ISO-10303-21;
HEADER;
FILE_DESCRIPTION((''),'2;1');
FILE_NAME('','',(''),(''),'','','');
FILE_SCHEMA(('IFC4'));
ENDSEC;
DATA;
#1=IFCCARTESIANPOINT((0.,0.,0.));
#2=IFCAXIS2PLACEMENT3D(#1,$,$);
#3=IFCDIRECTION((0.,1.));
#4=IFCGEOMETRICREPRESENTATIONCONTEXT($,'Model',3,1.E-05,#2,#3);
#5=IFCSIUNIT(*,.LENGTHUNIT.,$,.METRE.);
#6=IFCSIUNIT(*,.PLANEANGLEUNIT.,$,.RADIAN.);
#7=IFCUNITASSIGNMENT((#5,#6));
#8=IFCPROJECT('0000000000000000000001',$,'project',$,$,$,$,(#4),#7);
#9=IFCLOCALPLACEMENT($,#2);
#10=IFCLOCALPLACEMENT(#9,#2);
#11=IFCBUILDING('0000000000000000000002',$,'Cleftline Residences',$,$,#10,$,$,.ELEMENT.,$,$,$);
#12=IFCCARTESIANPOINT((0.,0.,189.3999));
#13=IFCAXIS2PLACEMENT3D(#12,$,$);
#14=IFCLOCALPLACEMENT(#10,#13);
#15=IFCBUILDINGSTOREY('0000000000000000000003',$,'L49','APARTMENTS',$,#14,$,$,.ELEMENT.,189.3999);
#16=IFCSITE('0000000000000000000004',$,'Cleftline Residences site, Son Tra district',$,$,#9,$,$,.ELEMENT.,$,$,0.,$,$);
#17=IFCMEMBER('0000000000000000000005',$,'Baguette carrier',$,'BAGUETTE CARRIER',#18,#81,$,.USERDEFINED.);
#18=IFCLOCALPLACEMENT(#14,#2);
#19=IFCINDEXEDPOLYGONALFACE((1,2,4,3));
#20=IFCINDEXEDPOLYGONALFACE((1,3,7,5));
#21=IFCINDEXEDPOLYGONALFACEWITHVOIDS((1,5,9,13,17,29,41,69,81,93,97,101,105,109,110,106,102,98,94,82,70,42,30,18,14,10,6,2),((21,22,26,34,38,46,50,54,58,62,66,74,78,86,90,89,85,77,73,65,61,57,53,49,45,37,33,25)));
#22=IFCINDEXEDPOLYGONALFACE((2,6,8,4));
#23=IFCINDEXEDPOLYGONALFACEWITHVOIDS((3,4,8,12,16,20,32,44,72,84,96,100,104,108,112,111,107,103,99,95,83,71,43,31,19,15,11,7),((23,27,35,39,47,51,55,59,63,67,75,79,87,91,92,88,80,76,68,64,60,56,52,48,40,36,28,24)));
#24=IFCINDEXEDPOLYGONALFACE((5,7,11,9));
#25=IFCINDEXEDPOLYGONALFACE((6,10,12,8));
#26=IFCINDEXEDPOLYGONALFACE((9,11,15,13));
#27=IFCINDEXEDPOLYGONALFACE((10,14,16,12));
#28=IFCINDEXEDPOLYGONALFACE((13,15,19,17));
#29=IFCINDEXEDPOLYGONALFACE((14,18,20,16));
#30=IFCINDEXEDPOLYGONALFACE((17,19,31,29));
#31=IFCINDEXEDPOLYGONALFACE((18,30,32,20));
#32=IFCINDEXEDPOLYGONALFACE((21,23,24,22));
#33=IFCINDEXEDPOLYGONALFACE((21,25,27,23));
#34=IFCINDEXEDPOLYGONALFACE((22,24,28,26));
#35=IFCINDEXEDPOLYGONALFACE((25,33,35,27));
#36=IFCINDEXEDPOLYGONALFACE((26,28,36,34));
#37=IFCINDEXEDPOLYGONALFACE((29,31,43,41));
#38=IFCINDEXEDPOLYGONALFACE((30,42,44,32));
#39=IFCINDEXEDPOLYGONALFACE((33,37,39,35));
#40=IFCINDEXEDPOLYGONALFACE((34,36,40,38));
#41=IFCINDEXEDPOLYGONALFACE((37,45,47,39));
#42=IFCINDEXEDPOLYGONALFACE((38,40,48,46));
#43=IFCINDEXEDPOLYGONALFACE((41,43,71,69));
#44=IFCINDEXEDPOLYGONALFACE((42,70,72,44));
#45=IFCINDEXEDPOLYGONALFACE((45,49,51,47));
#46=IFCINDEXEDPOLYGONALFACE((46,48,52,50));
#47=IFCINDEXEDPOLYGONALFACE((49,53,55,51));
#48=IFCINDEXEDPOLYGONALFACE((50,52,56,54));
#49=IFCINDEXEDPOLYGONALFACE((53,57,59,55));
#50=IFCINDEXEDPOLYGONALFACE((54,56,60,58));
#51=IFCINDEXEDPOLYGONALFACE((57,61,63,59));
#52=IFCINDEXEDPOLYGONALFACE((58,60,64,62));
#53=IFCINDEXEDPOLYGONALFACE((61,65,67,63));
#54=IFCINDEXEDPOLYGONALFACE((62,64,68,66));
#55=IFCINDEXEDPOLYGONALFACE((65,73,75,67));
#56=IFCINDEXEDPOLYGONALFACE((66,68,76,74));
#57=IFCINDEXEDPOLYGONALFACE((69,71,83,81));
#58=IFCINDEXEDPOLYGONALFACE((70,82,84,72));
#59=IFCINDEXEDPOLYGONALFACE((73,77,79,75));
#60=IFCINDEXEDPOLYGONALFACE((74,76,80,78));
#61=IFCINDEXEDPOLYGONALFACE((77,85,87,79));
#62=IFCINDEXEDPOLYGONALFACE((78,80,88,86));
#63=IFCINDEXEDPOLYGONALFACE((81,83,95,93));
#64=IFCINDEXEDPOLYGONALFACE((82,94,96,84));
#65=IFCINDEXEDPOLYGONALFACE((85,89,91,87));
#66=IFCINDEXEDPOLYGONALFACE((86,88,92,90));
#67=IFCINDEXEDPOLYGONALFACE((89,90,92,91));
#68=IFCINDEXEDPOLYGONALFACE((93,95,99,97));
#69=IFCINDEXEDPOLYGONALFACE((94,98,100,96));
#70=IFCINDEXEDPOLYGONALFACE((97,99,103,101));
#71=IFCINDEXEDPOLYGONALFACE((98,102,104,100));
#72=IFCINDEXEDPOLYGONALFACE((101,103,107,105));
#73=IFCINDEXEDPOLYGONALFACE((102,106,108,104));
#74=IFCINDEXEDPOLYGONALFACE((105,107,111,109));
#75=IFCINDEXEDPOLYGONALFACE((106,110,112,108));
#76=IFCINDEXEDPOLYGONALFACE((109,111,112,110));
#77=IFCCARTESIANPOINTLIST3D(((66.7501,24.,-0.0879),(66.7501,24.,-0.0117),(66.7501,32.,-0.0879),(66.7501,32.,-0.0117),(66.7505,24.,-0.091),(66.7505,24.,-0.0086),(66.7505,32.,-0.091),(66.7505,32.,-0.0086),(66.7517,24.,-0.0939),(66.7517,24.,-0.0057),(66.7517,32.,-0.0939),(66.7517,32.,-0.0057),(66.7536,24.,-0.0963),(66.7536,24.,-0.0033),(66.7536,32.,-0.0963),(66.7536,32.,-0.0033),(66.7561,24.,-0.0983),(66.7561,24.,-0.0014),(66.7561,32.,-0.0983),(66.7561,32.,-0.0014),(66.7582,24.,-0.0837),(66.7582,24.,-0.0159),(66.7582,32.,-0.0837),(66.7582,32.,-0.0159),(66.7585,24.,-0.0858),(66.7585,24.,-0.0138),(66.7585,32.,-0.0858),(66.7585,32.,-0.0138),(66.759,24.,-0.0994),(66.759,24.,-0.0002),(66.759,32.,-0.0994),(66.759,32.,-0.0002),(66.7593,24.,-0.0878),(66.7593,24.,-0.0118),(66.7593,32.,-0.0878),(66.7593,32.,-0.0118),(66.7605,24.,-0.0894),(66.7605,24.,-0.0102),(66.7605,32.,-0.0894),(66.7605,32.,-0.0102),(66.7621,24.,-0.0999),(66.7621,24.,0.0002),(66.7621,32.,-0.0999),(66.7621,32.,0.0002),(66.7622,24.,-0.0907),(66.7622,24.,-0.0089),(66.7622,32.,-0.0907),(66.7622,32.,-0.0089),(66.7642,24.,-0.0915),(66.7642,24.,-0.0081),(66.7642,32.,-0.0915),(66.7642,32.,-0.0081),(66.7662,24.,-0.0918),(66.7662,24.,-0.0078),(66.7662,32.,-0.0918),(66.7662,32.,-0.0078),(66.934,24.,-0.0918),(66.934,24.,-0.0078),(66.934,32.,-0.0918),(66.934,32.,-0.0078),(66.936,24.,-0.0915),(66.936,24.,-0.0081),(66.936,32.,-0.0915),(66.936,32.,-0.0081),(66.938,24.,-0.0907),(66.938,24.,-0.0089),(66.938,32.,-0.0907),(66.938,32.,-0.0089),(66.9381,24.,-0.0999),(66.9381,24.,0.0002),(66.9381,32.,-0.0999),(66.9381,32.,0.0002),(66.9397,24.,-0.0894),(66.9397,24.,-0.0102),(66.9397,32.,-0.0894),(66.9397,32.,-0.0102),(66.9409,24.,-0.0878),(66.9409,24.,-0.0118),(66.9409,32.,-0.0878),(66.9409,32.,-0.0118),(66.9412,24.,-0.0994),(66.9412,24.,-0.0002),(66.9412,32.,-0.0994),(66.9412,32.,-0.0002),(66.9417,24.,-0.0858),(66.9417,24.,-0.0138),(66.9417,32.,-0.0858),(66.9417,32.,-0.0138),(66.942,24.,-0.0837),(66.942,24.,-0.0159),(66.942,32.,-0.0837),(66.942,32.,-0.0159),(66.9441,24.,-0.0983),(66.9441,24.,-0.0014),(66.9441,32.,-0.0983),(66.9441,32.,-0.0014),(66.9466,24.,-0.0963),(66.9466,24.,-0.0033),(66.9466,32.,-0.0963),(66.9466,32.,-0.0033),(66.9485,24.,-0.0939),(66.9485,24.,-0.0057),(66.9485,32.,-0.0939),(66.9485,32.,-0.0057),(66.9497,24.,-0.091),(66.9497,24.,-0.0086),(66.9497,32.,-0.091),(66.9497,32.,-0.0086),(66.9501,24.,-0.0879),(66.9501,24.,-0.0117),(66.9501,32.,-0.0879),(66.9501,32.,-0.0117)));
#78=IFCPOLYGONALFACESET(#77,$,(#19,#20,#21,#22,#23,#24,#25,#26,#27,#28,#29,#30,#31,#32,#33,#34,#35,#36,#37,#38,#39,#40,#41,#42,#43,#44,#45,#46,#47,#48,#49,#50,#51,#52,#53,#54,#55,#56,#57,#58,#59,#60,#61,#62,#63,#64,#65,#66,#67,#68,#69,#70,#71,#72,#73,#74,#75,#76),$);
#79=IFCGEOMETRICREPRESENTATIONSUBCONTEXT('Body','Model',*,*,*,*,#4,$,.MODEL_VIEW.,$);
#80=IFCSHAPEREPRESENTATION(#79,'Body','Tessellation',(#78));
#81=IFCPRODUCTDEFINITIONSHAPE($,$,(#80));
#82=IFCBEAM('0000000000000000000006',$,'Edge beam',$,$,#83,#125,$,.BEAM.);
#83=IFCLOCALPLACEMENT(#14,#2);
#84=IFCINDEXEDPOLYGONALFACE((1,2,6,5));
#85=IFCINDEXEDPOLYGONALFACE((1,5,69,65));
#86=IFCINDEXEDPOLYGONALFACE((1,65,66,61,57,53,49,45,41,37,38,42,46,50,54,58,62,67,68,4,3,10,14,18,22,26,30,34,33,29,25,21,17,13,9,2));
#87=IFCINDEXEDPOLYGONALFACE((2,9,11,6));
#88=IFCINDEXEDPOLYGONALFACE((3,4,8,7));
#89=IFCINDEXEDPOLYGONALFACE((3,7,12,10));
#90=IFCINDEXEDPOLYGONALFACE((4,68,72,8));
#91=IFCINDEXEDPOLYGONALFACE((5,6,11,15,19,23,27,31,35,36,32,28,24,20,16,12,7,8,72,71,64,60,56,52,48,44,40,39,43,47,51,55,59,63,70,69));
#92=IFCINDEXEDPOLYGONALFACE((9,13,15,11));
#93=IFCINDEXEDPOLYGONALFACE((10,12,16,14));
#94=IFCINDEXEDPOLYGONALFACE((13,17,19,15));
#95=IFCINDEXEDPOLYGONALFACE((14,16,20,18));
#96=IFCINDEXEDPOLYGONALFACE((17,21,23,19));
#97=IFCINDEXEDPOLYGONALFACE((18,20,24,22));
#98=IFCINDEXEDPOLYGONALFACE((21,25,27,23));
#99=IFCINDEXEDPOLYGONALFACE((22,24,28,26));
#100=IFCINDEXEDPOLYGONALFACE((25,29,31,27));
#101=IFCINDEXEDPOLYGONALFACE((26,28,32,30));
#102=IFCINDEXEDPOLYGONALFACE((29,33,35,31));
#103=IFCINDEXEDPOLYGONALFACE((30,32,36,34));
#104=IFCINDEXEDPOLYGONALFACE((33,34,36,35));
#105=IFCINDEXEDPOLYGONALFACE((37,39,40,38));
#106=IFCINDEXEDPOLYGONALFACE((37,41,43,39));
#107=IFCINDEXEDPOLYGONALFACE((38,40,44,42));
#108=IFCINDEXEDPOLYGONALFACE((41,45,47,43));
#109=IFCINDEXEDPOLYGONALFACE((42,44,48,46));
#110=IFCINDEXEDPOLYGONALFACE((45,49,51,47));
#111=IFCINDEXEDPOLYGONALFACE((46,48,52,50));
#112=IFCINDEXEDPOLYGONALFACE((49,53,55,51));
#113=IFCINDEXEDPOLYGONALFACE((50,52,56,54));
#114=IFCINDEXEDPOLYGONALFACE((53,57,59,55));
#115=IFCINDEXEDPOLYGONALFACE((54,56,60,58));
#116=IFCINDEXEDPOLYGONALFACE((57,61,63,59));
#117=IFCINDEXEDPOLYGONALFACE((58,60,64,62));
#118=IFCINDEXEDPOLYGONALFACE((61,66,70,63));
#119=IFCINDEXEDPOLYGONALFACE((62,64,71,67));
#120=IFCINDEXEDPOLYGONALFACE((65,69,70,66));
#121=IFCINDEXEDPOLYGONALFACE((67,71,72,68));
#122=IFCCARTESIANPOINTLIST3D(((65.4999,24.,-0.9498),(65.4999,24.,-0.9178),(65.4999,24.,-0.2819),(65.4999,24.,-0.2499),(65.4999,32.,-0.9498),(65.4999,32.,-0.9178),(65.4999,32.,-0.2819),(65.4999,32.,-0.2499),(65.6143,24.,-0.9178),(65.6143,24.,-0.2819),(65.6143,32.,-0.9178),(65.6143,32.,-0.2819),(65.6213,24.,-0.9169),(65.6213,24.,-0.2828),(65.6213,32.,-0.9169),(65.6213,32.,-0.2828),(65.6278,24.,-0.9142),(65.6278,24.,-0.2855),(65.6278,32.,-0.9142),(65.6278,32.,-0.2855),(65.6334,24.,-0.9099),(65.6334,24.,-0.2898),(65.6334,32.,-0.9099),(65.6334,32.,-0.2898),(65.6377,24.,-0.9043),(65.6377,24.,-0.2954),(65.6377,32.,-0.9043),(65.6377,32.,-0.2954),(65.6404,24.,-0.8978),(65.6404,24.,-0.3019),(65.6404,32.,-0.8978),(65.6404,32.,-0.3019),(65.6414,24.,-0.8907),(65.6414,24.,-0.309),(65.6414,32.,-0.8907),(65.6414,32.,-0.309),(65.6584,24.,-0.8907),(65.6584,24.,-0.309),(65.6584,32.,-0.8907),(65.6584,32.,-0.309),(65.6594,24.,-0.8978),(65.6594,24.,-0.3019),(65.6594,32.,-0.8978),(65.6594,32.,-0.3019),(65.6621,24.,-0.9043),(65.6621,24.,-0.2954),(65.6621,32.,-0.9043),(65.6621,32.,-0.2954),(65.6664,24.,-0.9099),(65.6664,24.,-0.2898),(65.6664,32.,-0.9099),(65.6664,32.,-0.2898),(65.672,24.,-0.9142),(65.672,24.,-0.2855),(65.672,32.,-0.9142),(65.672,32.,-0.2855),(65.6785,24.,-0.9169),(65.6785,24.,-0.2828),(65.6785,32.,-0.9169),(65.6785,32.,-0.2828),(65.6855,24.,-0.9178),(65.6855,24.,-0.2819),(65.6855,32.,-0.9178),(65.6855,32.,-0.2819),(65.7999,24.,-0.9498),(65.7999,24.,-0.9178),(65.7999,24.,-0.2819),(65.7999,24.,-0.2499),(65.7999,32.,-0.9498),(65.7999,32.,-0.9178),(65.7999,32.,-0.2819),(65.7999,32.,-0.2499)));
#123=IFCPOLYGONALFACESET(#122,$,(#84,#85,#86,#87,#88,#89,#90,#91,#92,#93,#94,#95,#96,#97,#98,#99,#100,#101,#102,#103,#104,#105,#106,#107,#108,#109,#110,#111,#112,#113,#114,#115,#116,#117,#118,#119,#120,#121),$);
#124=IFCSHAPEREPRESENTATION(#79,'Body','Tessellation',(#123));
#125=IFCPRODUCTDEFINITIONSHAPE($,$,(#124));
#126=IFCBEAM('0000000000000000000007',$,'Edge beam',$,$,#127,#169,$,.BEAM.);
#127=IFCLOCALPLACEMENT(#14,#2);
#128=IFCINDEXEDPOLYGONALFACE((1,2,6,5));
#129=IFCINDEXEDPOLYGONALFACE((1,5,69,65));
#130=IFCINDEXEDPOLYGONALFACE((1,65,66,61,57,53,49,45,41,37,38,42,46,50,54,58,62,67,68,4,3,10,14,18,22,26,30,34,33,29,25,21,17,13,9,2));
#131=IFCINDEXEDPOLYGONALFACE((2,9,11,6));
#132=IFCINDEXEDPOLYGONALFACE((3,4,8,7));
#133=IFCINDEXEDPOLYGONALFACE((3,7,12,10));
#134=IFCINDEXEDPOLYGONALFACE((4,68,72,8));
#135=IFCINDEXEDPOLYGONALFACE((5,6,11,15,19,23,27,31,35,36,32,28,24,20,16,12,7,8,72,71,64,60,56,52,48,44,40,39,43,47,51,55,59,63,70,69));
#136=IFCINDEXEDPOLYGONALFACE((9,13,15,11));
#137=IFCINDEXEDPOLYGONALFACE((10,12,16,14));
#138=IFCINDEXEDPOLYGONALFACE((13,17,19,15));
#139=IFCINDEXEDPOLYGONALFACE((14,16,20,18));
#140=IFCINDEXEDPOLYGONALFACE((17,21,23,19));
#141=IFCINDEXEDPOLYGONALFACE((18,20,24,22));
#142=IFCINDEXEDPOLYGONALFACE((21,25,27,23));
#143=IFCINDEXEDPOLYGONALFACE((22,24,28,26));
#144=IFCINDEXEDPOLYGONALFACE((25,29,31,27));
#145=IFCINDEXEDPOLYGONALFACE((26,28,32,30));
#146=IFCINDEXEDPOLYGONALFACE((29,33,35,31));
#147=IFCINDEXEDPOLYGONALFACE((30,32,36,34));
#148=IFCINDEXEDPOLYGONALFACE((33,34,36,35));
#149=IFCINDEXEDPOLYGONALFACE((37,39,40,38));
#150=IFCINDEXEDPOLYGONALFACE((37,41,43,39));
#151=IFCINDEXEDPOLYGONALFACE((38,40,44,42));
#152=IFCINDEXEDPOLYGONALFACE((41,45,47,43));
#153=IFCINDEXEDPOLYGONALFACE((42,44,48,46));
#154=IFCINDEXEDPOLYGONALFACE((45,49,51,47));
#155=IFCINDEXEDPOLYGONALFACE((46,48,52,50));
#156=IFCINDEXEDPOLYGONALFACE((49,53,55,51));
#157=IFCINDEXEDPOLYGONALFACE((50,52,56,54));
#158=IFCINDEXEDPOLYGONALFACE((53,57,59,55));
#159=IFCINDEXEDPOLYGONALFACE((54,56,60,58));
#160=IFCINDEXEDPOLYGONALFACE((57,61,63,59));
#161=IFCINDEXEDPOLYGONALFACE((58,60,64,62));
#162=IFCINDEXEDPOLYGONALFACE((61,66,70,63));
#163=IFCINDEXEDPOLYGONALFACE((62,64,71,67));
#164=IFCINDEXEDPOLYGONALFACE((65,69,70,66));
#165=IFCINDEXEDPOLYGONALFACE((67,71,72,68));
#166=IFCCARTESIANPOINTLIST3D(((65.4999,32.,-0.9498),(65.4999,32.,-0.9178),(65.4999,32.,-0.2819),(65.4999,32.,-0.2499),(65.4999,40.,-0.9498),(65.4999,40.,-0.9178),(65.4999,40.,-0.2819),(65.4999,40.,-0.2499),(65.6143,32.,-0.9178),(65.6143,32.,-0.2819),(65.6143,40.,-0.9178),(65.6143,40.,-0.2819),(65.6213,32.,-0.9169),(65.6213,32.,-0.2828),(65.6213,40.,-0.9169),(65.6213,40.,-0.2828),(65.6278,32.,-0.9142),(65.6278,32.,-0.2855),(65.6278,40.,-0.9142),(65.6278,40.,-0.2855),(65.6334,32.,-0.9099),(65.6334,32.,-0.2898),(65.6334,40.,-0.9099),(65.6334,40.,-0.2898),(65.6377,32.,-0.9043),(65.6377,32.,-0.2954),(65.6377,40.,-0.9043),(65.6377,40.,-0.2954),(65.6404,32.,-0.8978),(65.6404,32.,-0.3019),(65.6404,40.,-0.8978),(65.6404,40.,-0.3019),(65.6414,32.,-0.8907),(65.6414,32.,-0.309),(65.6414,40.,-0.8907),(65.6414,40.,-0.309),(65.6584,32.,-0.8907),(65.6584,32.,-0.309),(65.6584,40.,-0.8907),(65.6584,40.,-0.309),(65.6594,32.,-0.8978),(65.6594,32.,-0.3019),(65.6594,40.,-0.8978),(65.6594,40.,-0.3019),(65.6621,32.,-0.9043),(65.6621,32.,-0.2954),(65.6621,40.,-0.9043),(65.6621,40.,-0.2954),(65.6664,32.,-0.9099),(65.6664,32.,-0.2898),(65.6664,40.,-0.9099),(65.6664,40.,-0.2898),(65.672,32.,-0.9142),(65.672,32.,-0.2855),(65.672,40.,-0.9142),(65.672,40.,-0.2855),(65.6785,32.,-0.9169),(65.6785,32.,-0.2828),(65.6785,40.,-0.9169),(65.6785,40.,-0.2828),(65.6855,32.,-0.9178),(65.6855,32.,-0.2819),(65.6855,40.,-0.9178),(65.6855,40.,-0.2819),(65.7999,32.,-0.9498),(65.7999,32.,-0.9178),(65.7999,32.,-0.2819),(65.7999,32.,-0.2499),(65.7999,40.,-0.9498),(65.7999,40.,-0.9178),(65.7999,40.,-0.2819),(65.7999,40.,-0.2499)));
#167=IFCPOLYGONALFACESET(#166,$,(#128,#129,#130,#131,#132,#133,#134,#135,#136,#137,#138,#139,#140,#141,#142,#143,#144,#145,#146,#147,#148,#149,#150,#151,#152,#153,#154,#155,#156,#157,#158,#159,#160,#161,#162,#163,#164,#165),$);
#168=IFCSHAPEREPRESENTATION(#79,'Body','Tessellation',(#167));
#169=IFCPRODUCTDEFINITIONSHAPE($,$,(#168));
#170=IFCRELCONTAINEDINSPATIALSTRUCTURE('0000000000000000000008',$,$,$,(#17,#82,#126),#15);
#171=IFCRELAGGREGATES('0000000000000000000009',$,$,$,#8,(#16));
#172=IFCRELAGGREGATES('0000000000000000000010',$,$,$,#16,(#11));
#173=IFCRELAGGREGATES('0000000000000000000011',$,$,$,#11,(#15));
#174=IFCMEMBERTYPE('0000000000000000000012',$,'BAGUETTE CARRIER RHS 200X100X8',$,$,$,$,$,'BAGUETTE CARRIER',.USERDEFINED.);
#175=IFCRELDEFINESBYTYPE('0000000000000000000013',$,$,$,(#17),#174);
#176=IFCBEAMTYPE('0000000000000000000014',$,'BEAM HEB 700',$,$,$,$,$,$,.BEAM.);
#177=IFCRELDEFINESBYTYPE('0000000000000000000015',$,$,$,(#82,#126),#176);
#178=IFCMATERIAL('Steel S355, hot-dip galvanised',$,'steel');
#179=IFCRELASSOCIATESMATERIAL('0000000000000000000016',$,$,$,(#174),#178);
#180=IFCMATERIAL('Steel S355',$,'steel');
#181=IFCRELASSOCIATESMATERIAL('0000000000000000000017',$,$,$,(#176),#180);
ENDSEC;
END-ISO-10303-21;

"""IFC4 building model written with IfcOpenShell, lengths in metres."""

from ifc_helpers import new_model, si_unit, direction, frame, origin, origin_2d, place, context, subcontext, project, spatial, hollow_rectangle, i_section, extrude, material, material_profile, profile_set, type_object, element, save


model = new_model("IFC4")

# Units and contexts
model_context = context("Model", 3, precision=1e-05, world=origin(), true_north=direction((0.0, 1.0)))
body_context = subcontext(model_context, "Body", "Model", "MODEL_VIEW")
ifc_project = project(units=[si_unit("LENGTHUNIT", "METRE"), si_unit("PLANEANGLEUNIT", "RADIAN")], contexts=[model_context])

# Site, building, storey
site_placement = place(None, origin())
site = spatial("IfcSite", under=ifc_project, at=site_placement, Name="Cleftline Residences site, Son Tra district", CompositionType="ELEMENT", RefElevation=0.0)
building_placement = place(site_placement, origin())
building = spatial("IfcBuilding", under=site, at=building_placement, Name="Cleftline Residences", CompositionType="ELEMENT")
storey_placement = place(building_placement, frame((0.0, 0.0, 189.3999)))
storey = spatial("IfcBuildingStorey", under=building, at=storey_placement, Name="L49", Description="APARTMENTS", CompositionType="ELEMENT", Elevation=189.3999)

# Member
ifc_material_1 = material(Name="Steel S355, hot-dip galvanised", Category="steel")
ifc_material_profile_1 = material_profile(ifc_material_1, hollow_rectangle(XDim=0.1001, YDim=0.2, WallThickness=0.0081, InnerFilletRadius=0.0081, OuterFilletRadius=0.012, at=origin_2d()))
ifc_profile_set_1 = profile_set([ifc_material_profile_1], Name="Steel S355, hot-dip galvanised")
member_type_1 = type_object("IfcMemberType", Name="BAGUETTE CARRIER RHS 200X100X8", ElementType="BAGUETTE CARRIER", PredefinedType="USERDEFINED", material=ifc_profile_set_1)
member_placement = place(storey_placement, frame((66.8501, 24.0, -0.0498), z_axis=(0.0, 1.0, 0.0), x_axis=(0.0, 0.0, 1.0)))
element("IfcMember", 1, at=member_placement, inside=storey, type_object=member_type_1, Name="Baguette carrier", ObjectType="BAGUETTE CARRIER", PredefinedType="USERDEFINED", context=body_context, shape_type="SweptSolid", body=[
    extrude(hollow_rectangle(XDim=0.1001, YDim=0.2, WallThickness=0.0081, InnerFilletRadius=0.0081, OuterFilletRadius=0.012, at=origin_2d()), origin(), (0.0, 0.0, 1.0), 8.0),
])

# Beams
ifc_material_2 = material(Name="Steel S355", Category="steel")
ifc_material_profile_2 = material_profile(ifc_material_2, i_section(OverallWidth=0.3, OverallDepth=0.7, WebThickness=0.0171, FlangeThickness=0.032, FilletRadius=0.0271, at=origin_2d()))
ifc_profile_set_2 = profile_set([ifc_material_profile_2], Name="Steel S355")
beam_type_1 = type_object("IfcBeamType", Name="BEAM HEB 700", PredefinedType="BEAM", material=ifc_profile_set_2)
for number, where, z_axis, x_axis, name in (
    (2, (65.6499, 24.0, -0.5999), (0.0, 1.0, 0.0), (-1.0, 0.0, 0.0), "Edge beam"),
    (3, (65.6499, 32.0, -0.5999), (0.0, 1.0, 0.0), (-1.0, 0.0, 0.0), "Edge beam"),
):
    element("IfcBeam", number, at=place(storey_placement, frame(where, z_axis=z_axis, x_axis=x_axis)), inside=storey, type_object=beam_type_1, Name=name, PredefinedType="BEAM", context=body_context, shape_type="SweptSolid", body=[
        extrude(i_section(OverallWidth=0.3, OverallDepth=0.7, WebThickness=0.0171, FlangeThickness=0.032, FilletRadius=0.0271, at=origin_2d()), origin(), (0.0, 0.0, 1.0), 8.0),
    ])

save(model, "model.ifc")
